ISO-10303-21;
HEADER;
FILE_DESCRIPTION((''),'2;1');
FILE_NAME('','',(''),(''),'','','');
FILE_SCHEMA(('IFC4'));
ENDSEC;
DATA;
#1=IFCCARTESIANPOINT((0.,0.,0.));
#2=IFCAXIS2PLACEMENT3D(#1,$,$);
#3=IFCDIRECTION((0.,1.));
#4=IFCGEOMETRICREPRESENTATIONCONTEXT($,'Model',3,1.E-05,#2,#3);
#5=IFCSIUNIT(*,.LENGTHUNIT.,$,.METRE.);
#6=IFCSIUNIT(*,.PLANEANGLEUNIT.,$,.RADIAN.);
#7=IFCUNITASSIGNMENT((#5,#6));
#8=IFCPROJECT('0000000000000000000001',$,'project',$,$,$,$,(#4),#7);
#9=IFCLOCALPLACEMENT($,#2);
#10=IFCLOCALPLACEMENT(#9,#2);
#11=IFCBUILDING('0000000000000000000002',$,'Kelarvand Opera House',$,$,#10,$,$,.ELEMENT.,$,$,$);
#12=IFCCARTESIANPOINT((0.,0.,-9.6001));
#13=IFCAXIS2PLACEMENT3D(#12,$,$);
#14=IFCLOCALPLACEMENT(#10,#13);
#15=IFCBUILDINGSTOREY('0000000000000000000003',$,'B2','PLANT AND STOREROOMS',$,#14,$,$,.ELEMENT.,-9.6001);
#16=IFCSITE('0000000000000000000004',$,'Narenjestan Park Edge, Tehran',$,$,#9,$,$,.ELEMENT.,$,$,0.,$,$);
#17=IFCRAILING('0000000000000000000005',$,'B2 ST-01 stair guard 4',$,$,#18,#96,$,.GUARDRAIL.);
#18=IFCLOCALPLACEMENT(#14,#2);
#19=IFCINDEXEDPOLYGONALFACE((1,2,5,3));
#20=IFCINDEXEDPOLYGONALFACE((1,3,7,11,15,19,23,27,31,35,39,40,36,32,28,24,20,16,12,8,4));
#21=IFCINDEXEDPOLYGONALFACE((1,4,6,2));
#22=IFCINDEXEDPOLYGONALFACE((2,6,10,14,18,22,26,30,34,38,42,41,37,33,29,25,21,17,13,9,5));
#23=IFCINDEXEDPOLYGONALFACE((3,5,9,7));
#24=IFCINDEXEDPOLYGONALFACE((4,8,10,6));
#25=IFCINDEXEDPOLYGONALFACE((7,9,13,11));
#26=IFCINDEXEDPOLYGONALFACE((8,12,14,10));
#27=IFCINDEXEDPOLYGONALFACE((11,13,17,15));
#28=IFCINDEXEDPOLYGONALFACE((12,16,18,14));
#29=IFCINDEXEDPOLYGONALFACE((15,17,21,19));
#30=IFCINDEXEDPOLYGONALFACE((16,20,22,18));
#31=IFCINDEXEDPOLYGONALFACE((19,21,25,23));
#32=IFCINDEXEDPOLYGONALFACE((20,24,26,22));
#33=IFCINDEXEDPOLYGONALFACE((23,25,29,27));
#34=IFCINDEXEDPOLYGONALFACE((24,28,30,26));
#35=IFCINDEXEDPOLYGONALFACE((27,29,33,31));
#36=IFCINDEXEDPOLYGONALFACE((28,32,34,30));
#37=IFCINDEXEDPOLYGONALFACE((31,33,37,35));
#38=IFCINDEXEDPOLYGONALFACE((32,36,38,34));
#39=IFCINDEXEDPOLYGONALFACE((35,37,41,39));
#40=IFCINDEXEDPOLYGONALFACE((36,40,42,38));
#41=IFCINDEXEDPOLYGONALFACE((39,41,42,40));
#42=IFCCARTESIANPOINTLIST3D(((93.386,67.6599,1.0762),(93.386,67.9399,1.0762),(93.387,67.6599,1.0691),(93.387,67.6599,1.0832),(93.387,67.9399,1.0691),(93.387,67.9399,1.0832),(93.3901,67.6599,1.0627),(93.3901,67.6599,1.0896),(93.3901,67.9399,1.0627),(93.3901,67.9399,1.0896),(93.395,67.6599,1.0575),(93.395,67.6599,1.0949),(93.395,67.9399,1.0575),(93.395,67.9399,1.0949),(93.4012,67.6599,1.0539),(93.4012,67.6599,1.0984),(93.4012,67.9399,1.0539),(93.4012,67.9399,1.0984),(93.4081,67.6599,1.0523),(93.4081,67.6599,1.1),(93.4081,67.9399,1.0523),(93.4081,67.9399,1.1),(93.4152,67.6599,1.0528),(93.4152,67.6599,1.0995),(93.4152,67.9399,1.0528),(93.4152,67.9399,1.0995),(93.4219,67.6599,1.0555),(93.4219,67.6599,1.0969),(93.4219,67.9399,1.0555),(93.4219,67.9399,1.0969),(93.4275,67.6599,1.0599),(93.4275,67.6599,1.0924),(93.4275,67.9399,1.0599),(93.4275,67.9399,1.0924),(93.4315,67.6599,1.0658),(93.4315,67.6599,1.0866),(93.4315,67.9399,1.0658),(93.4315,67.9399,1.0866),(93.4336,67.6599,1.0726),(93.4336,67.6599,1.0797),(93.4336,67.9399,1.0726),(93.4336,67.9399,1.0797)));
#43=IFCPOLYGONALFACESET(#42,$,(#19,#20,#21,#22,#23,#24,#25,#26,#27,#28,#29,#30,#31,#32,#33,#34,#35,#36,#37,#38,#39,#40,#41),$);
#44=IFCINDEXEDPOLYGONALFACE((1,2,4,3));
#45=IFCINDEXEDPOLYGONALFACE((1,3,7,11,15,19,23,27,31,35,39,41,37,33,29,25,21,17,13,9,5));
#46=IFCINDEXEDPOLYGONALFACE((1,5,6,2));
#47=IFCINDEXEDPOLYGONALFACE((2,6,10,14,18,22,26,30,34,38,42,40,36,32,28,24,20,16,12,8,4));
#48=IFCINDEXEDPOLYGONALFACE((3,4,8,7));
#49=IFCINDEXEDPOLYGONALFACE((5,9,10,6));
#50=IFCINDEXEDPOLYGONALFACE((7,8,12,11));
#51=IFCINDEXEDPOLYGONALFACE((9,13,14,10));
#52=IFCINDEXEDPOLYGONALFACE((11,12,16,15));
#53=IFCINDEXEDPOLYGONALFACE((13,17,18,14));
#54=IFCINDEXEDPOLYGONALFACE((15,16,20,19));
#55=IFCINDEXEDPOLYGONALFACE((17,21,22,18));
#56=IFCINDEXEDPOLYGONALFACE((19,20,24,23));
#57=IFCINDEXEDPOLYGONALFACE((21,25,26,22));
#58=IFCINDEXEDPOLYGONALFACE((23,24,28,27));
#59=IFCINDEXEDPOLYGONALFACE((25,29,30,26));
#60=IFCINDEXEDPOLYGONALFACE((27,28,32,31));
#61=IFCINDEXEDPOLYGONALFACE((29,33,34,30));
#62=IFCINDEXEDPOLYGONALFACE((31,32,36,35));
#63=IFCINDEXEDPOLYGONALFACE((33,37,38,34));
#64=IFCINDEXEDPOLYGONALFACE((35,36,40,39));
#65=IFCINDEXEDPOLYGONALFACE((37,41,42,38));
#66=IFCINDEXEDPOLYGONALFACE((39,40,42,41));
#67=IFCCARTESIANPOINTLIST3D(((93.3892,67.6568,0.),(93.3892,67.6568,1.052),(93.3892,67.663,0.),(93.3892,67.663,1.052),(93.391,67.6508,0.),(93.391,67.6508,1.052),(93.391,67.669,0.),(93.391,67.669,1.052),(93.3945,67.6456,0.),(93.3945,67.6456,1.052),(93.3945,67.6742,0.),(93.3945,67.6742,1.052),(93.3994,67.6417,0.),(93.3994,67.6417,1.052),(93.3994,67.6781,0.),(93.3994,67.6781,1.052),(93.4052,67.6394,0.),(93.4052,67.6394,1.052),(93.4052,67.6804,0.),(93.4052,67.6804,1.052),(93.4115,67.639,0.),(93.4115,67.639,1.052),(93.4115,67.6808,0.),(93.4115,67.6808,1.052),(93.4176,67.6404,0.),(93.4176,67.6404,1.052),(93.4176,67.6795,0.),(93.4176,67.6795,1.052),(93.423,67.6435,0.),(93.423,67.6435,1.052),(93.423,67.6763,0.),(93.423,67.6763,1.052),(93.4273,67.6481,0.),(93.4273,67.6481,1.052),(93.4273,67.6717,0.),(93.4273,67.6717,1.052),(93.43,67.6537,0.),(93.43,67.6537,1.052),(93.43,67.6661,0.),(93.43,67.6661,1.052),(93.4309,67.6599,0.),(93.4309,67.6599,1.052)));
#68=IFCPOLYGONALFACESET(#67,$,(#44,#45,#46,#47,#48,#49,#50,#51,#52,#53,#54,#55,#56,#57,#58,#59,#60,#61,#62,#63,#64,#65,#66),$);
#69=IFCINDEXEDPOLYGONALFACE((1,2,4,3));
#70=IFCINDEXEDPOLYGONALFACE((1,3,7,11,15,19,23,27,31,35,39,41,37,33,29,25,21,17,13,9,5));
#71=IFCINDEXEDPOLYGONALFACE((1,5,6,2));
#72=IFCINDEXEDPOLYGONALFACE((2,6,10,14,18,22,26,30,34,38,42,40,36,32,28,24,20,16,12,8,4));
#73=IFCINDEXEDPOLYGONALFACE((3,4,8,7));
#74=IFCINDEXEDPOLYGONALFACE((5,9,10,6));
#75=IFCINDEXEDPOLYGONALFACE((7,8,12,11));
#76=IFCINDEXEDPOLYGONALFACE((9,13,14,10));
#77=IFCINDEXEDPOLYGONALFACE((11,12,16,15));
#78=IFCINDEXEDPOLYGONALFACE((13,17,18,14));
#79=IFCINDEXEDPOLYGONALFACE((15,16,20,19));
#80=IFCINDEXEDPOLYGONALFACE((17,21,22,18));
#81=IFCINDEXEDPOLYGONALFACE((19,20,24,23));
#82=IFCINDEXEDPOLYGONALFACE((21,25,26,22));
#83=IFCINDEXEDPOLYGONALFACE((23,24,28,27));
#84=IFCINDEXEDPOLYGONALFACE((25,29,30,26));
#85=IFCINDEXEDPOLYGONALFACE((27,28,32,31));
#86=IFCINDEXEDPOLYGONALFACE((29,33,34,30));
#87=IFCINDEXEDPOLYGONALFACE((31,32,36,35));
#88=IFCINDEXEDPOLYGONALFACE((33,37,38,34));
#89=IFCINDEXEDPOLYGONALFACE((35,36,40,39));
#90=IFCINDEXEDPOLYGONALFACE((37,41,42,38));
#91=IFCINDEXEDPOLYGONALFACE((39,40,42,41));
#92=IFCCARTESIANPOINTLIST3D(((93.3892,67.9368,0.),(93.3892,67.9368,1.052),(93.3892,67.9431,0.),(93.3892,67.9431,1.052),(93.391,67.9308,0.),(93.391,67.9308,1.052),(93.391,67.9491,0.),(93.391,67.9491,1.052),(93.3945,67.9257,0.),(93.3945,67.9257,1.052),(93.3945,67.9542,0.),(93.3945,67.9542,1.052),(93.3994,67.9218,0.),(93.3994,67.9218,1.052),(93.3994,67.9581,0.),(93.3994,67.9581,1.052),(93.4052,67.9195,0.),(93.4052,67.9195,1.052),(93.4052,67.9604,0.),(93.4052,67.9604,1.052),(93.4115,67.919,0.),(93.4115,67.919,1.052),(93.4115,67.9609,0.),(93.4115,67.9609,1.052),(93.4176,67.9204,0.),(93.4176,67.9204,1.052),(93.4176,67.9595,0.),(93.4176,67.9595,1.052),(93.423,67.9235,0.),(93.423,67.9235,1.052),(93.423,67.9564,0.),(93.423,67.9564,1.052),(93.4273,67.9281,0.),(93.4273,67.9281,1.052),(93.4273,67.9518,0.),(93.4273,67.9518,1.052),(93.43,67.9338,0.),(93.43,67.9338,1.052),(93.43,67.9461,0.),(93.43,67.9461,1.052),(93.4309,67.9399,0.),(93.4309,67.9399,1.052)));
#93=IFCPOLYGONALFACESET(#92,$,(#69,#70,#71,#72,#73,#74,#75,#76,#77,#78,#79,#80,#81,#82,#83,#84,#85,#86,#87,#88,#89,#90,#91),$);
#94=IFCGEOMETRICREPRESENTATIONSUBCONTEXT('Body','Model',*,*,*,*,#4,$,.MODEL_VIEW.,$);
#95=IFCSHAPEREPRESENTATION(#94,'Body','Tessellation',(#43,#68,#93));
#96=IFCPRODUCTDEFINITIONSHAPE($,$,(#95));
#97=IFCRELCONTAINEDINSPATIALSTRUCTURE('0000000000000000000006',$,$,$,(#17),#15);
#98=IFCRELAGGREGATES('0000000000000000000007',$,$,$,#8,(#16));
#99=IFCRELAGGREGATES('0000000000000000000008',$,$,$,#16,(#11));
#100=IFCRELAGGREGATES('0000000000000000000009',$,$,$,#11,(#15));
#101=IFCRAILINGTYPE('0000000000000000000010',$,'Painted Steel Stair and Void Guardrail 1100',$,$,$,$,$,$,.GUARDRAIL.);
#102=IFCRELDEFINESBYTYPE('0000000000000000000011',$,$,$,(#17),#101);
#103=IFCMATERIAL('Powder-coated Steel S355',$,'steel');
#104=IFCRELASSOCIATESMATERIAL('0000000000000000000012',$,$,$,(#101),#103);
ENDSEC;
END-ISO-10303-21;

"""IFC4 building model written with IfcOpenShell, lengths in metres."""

from ifc_helpers import new_model, si_unit, direction, frame, origin, origin_2d, place, context, subcontext, project, spatial, circle, extrude, material, type_object, element, save


model = new_model("IFC4")

# Units and contexts
model_context = context("Model", 3, precision=1e-05, world=origin(), true_north=direction((0.0, 1.0)))
body_context = subcontext(model_context, "Body", "Model", "MODEL_VIEW")
ifc_project = project(units=[si_unit("LENGTHUNIT", "METRE"), si_unit("PLANEANGLEUNIT", "RADIAN")], contexts=[model_context])

# Site, building, storey
site_placement = place(None, origin())
site = spatial("IfcSite", under=ifc_project, at=site_placement, Name="Narenjestan Park Edge, Tehran", CompositionType="ELEMENT", RefElevation=0.0)
building_placement = place(site_placement, origin())
building = spatial("IfcBuilding", under=site, at=building_placement, Name="Kelarvand Opera House", CompositionType="ELEMENT")
storey_placement = place(building_placement, frame((0.0, 0.0, -9.6001)))
storey = spatial("IfcBuildingStorey", under=building, at=storey_placement, Name="B2", Description="PLANT AND STOREROOMS", CompositionType="ELEMENT", Elevation=-9.6001)

# Railing
ifc_material_1 = material(Name="Powder-coated Steel S355", Category="steel")
railing_type_1 = type_object("IfcRailingType", Name="Painted Steel Stair and Void Guardrail 1100", PredefinedType="GUARDRAIL", material=ifc_material_1)
railing_1_placement = place(storey_placement, frame((93.4099, 67.6599, 0.0)))
element("IfcRailing", 1, at=railing_1_placement, inside=storey, type_object=railing_type_1, Name="B2 ST-01 stair guard 4", PredefinedType="GUARDRAIL", context=body_context, shape_type="SweptSolid", body=[
    extrude(circle(Radius=0.0239, at=origin_2d()), frame((0.0, 0.0, 1.0762), z_axis=(0.0, 1.0, 0.0), x_axis=(-1.0, 0.0, 0.0)), (0.0, 0.0, 1.0), 0.28),
    extrude(circle(Radius=0.021, at=origin_2d()), origin(), (0.0, 0.0, 1.0), 1.052),
    extrude(circle(Radius=0.021, at=origin_2d()), frame((0.0, 0.28, 0.0)), (0.0, 0.0, 1.0), 1.052),
])

save(model, "model.ifc")
